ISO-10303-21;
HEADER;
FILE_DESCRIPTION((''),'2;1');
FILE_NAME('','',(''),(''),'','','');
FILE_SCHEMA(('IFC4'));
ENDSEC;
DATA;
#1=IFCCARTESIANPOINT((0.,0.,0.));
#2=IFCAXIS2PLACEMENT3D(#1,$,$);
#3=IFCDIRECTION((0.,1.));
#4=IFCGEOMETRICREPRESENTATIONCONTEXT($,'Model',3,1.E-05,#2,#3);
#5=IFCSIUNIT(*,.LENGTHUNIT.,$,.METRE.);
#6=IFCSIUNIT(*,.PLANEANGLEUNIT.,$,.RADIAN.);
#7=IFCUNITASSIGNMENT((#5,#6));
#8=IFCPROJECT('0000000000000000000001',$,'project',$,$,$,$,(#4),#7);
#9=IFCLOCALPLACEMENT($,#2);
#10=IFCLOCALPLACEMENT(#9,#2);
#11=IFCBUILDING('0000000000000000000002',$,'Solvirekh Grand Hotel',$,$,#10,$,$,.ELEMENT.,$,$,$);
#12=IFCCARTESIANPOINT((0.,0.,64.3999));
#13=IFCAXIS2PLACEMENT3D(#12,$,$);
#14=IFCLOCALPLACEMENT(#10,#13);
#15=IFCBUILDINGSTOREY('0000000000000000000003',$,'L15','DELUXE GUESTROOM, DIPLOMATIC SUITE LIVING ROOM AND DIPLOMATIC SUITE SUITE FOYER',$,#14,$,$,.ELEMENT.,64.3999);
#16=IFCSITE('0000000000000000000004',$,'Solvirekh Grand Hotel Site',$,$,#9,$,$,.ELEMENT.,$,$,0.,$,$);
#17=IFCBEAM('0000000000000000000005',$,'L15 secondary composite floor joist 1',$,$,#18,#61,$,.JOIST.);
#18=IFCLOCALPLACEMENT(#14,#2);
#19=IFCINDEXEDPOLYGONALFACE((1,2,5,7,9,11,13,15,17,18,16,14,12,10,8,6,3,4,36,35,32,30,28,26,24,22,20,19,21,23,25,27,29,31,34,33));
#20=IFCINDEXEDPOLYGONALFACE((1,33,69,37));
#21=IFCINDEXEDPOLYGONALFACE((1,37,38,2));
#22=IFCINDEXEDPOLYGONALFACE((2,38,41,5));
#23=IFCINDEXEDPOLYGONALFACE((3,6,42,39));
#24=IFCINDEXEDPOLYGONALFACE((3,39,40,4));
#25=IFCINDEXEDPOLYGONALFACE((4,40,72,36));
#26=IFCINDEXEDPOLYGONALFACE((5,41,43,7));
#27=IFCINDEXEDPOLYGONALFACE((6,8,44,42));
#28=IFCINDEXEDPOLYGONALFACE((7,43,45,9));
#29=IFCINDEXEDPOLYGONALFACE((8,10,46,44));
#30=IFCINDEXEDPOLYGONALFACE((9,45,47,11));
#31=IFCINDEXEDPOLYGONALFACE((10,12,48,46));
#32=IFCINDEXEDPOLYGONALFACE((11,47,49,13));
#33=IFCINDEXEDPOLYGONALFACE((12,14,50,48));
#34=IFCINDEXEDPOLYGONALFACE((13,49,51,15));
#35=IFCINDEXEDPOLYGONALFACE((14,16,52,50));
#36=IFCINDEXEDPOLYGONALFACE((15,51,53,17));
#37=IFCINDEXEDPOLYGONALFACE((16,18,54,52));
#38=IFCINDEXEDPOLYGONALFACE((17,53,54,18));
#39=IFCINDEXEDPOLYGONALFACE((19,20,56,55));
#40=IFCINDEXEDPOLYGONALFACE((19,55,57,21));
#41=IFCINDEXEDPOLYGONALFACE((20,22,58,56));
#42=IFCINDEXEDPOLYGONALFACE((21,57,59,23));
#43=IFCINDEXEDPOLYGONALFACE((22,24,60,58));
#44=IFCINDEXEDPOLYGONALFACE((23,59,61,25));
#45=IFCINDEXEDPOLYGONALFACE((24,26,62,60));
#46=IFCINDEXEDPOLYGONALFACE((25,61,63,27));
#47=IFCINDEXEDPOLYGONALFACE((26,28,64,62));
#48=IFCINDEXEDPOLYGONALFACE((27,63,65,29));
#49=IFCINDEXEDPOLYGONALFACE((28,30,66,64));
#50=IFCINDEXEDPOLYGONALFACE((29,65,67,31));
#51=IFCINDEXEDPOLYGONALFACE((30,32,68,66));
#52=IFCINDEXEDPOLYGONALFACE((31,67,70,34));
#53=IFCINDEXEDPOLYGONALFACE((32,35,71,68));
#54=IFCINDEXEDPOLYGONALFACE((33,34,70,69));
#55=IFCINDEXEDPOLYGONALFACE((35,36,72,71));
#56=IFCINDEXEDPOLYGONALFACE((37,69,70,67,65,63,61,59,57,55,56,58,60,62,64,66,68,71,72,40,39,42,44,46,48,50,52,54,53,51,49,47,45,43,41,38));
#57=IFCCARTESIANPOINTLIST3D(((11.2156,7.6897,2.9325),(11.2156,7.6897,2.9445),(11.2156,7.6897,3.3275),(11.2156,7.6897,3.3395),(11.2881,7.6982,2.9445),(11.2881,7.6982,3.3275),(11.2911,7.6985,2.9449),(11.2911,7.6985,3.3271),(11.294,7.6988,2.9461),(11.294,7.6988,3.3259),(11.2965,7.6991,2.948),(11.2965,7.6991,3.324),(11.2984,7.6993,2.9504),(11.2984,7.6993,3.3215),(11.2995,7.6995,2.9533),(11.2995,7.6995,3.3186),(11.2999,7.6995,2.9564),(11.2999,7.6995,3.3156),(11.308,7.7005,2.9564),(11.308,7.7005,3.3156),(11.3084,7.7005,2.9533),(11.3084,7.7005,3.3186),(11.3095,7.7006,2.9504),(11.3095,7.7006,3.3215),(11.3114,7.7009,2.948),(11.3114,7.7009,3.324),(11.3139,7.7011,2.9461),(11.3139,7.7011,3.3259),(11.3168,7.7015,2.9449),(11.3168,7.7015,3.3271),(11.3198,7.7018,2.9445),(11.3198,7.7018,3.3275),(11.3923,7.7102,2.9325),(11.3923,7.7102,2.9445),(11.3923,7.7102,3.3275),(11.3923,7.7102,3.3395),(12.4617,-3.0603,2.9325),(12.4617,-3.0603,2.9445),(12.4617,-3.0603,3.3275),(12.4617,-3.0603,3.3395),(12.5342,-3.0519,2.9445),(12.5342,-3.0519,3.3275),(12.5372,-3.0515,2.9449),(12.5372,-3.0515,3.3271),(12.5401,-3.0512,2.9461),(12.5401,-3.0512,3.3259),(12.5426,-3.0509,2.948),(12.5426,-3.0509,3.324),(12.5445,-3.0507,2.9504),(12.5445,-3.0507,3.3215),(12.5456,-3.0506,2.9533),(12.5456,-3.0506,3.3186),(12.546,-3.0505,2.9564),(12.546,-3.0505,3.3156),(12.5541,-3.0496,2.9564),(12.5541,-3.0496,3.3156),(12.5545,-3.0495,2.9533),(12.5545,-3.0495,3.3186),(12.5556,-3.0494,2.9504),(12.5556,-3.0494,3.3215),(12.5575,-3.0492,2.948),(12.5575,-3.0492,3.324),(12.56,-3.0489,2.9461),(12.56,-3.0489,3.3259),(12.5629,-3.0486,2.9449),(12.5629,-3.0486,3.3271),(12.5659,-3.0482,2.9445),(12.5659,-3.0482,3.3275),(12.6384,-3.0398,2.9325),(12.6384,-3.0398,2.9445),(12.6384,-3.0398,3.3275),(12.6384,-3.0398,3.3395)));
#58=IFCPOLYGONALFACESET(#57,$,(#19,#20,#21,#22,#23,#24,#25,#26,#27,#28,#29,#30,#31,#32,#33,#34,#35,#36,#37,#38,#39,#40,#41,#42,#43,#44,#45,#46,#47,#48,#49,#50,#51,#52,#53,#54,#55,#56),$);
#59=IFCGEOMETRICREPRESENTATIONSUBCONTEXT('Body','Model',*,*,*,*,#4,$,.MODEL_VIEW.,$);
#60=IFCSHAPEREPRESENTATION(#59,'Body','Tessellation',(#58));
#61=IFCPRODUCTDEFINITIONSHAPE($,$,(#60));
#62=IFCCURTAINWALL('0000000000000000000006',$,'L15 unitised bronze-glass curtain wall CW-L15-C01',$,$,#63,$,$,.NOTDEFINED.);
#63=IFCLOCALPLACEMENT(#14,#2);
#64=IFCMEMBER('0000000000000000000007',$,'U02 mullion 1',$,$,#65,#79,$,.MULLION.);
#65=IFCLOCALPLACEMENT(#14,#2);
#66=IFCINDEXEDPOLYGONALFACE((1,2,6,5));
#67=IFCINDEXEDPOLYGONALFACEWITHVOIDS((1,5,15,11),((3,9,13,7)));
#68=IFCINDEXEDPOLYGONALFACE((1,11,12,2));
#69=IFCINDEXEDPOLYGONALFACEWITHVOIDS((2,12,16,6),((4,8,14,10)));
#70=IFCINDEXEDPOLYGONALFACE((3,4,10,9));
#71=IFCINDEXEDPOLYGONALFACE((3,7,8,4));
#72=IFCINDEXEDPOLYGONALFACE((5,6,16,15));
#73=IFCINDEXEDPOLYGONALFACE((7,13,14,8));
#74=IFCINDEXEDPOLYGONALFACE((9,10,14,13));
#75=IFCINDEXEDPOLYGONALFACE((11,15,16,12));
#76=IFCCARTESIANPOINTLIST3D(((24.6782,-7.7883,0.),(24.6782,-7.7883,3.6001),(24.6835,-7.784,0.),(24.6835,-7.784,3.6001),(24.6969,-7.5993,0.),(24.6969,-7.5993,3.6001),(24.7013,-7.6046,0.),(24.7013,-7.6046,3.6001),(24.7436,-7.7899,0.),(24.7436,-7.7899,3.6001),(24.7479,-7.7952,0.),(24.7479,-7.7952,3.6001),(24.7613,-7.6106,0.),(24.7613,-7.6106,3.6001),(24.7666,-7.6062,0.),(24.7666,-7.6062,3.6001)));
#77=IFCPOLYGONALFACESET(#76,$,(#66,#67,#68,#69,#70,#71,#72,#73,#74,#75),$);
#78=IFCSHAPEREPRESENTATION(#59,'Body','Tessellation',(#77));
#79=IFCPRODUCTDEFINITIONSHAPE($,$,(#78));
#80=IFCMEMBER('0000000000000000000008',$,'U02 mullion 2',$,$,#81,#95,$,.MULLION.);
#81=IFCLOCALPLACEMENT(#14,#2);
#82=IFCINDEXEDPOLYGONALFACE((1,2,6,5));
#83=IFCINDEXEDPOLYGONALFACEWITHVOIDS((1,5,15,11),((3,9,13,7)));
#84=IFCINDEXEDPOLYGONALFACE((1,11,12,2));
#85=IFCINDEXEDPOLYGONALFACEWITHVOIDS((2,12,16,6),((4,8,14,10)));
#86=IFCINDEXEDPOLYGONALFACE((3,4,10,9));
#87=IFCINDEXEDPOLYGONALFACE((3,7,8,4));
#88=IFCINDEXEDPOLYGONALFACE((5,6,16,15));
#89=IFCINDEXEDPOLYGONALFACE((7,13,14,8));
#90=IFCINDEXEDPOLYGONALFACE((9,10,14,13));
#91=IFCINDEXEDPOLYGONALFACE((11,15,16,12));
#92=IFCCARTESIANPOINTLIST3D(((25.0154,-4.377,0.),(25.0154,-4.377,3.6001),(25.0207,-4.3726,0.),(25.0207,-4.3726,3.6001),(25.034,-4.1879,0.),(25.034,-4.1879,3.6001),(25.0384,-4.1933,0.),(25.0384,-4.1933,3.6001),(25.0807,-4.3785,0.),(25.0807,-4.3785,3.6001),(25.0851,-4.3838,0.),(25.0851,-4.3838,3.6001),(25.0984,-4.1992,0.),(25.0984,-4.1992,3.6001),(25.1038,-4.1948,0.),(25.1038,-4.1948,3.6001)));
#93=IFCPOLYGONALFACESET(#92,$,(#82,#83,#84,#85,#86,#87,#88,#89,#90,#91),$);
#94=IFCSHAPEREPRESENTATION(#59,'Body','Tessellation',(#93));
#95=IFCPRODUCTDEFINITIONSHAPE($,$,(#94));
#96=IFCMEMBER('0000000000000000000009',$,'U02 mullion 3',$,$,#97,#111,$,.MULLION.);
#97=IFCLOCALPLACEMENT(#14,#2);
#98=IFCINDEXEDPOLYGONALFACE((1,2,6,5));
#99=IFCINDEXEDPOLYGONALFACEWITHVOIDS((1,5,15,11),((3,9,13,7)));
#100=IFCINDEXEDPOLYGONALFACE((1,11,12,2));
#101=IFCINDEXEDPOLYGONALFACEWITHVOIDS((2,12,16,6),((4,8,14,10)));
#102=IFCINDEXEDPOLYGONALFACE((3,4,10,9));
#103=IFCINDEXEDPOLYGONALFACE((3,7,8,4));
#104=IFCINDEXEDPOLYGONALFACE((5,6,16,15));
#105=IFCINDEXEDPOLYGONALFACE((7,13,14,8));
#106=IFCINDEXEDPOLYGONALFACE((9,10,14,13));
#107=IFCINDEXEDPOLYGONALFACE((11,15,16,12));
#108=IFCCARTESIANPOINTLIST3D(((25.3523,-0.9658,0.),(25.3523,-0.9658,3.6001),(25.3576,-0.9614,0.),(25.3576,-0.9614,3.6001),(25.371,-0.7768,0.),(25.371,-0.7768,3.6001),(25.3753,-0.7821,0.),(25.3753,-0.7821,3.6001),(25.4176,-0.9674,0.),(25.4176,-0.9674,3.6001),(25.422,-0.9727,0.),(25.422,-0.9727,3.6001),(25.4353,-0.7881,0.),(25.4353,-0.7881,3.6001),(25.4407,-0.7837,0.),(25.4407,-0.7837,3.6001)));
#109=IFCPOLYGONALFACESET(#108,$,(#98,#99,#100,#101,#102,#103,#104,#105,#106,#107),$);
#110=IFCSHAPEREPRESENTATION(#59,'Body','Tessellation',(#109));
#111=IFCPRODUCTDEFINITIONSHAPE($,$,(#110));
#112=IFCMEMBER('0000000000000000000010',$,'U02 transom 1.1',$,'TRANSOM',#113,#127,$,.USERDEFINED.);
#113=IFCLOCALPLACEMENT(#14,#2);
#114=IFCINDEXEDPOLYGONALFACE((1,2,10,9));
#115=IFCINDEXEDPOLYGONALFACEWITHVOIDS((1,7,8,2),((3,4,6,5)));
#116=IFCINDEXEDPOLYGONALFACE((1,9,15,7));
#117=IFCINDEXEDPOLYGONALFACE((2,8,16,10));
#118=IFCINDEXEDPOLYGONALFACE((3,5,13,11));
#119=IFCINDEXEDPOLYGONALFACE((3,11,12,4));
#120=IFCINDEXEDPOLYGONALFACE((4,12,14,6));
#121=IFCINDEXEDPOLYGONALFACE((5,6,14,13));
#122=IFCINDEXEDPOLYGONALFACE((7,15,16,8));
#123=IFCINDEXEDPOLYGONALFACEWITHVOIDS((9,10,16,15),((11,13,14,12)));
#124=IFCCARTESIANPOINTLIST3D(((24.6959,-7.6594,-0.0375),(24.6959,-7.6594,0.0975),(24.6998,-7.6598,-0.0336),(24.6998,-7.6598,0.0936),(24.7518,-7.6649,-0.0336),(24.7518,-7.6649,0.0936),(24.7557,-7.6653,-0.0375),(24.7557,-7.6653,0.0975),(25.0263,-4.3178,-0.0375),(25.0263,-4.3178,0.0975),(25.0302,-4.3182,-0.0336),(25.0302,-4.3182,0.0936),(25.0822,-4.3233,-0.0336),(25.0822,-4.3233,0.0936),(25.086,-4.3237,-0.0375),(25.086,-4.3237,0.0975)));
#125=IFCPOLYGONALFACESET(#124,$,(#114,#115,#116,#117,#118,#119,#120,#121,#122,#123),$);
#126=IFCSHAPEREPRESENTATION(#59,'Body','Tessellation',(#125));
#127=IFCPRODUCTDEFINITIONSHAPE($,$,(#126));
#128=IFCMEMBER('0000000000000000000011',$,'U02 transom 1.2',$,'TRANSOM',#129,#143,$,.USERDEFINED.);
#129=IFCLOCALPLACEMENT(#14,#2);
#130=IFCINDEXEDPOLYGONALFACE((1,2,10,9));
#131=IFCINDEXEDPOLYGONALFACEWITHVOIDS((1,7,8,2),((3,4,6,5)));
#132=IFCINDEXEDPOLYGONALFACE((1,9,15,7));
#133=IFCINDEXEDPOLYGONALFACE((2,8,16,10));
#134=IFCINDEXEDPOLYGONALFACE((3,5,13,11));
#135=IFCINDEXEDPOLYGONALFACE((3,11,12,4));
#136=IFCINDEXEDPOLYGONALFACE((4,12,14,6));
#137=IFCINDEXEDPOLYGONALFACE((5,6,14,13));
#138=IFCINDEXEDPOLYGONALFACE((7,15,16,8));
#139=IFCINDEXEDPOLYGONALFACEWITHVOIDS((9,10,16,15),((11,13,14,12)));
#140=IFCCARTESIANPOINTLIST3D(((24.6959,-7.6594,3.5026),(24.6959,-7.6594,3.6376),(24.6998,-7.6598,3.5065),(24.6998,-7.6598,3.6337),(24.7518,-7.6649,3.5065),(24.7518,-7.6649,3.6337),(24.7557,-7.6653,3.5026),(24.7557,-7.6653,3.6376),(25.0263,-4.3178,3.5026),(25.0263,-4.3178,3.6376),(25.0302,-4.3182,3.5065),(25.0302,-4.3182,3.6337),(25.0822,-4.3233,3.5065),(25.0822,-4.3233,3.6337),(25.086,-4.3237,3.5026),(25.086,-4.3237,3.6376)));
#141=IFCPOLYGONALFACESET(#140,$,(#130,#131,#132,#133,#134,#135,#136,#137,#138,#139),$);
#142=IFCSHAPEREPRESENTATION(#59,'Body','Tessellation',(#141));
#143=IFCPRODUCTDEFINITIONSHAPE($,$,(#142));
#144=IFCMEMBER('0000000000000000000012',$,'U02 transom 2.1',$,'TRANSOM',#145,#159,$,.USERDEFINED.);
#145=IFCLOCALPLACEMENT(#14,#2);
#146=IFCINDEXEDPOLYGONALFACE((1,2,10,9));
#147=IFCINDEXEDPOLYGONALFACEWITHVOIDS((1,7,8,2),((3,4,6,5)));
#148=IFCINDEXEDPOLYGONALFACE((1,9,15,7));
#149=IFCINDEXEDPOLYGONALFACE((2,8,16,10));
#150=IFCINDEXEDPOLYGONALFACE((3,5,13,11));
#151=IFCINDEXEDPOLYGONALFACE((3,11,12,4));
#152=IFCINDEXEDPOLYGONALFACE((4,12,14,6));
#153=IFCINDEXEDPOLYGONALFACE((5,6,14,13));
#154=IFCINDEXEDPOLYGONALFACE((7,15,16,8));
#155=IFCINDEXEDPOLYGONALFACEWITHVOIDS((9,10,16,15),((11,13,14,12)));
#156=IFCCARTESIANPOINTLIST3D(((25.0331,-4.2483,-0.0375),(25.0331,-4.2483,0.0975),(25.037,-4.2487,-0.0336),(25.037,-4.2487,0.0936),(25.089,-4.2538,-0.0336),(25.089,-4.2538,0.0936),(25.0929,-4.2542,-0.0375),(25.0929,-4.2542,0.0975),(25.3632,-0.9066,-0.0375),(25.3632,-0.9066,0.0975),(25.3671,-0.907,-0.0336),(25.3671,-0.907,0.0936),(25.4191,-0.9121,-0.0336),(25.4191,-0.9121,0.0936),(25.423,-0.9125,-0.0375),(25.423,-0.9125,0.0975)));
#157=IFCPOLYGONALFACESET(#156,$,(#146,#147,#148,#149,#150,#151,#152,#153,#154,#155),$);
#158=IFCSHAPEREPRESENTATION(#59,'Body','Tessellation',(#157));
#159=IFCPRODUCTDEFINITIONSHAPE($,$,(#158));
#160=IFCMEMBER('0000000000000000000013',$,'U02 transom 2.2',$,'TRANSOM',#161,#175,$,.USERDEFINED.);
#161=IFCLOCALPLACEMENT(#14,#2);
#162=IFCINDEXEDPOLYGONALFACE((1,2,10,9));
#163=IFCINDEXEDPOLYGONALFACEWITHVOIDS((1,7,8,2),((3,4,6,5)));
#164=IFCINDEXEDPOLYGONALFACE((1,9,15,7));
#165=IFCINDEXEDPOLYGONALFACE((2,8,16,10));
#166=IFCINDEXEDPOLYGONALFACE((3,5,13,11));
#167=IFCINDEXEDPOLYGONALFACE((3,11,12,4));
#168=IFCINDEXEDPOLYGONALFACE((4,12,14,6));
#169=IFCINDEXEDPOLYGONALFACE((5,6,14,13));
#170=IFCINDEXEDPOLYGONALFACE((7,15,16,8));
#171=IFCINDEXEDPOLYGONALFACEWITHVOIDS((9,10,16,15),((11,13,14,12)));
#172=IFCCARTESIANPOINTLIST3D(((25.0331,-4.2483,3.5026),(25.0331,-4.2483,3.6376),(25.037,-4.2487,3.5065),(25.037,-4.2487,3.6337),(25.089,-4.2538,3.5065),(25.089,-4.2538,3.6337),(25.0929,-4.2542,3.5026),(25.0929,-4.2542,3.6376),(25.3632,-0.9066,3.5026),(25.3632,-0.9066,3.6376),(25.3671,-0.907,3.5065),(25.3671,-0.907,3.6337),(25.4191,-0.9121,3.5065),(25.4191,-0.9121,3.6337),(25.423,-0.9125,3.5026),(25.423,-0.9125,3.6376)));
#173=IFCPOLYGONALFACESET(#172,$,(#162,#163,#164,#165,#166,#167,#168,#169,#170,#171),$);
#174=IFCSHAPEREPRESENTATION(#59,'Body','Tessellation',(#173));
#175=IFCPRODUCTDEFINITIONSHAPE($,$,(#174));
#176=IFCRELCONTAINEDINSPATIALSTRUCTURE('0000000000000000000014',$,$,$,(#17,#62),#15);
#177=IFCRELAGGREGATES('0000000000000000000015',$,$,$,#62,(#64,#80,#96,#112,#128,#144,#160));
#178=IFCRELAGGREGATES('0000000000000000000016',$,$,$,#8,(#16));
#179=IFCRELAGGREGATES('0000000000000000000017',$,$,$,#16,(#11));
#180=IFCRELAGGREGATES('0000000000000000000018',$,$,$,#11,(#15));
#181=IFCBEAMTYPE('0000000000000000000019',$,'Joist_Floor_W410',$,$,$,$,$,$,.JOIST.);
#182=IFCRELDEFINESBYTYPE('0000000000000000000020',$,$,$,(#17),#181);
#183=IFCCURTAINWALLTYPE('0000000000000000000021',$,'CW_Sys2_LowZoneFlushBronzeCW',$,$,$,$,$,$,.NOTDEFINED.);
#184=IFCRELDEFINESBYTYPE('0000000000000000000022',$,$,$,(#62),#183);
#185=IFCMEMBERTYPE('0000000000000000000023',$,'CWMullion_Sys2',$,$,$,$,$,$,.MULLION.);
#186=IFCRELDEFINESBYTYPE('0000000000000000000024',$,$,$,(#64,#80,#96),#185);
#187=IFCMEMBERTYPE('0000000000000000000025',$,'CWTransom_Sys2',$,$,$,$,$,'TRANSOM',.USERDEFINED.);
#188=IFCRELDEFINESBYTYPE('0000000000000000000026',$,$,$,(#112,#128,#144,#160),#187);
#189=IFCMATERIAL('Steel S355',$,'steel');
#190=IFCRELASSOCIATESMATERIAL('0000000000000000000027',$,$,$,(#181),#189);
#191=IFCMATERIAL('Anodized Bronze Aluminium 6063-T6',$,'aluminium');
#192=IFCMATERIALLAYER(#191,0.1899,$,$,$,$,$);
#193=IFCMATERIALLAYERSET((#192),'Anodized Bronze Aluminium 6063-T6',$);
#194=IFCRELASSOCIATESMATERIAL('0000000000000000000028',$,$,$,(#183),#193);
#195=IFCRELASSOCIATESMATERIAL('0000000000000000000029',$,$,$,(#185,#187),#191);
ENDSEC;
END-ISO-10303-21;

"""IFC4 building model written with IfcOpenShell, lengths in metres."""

from ifc_helpers import new_model, si_unit, direction, frame, origin, origin_2d, place, context, subcontext, project, spatial, hollow_rectangle, i_section, extrude, source, transform, mapped, material, layer, layer_set, material_profile, profile_set, type_object, element, aggregate, save


model = new_model("IFC4")

# Units and contexts
model_context = context("Model", 3, precision=1e-05, world=origin(), true_north=direction((0.0, 1.0)))
body_context = subcontext(model_context, "Body", "Model", "MODEL_VIEW")
ifc_project = project(units=[si_unit("LENGTHUNIT", "METRE"), si_unit("PLANEANGLEUNIT", "RADIAN")], contexts=[model_context])

# Site, building, storey
site_placement = place(None, origin())
site = spatial("IfcSite", under=ifc_project, at=site_placement, Name="Solvirekh Grand Hotel Site", CompositionType="ELEMENT", RefElevation=0.0)
building_placement = place(site_placement, origin())
building = spatial("IfcBuilding", under=site, at=building_placement, Name="Solvirekh Grand Hotel", CompositionType="ELEMENT")
storey_placement = place(building_placement, frame((0.0, 0.0, 64.3999)))
storey = spatial("IfcBuildingStorey", under=building, at=storey_placement, Name="L15", Description="DELUXE GUESTROOM, DIPLOMATIC SUITE LIVING ROOM AND DIPLOMATIC SUITE SUITE FOYER", CompositionType="ELEMENT", Elevation=64.3999)

# Beam
ifc_material_1 = material(Name="Steel S355", Category="steel")
ifc_material_profile_1 = material_profile(ifc_material_1, i_section(OverallWidth=0.178, OverallDepth=0.407, WebThickness=0.0081, FlangeThickness=0.012, FilletRadius=0.012, at=origin_2d()), Name="W410X60")
ifc_profile_set_1 = profile_set([ifc_material_profile_1], Name="Steel S355")
beam_type = type_object("IfcBeamType", Name="Joist_Floor_W410", PredefinedType="JOIST", material=ifc_profile_set_1)
beam_placement = place(storey_placement, frame((12.55, -3.05, 3.136), z_axis=(-0.115145, 0.993349, 0.0), x_axis=(-0.993349, -0.115145, 0.0)))
element("IfcBeam", 1, at=beam_placement, inside=storey, type_object=beam_type, Name="L15 secondary composite floor joist 1", PredefinedType="JOIST", context=body_context, shape_type="SweptSolid", body=[
    extrude(i_section(OverallWidth=0.178, OverallDepth=0.407, WebThickness=0.0081, FlangeThickness=0.012, FilletRadius=0.012, at=origin_2d()), origin(), (0.0, 0.0, 1.0), 10.822),
])

# Curtain wall, members
ifc_material_2 = material(Name="Anodized Bronze Aluminium 6063-T6", Category="aluminium")
ifc_layer_1 = layer(ifc_material_2, 0.1899)
ifc_layer_set_1 = layer_set([ifc_layer_1], Name="Anodized Bronze Aluminium 6063-T6")
curtain_wall_type = type_object("IfcCurtainWallType", Name="CW_Sys2_LowZoneFlushBronzeCW", PredefinedType="NOTDEFINED", material=ifc_layer_set_1)
curtain_wall_placement = place(storey_placement, origin())
curtain_wall = element("IfcCurtainWall", 2, at=curtain_wall_placement, inside=storey, type_object=curtain_wall_type, Name="L15 unitised bronze-glass curtain wall CW-L15-C01", PredefinedType="NOTDEFINED")
ifc_material_profile_2 = material_profile(ifc_material_2, hollow_rectangle(XDim=0.0701, YDim=0.1899, WallThickness=0.0049, at=origin_2d()), Name="ALU RHS 190X70X5")
ifc_profile_set_2 = profile_set([ifc_material_profile_2], Name="Anodized Bronze Aluminium 6063-T6")
member_type_1 = type_object("IfcMemberType", Name="CWMullion_Sys2", PredefinedType="MULLION", material=ifc_profile_set_2)
shared_shape_1 = source(origin(), body_context, "Body", "SweptSolid", [
    extrude(hollow_rectangle(XDim=0.0701, YDim=0.1899, WallThickness=0.0049, at=origin_2d()), origin(), (0.0, 0.0, 1.0), 3.6001),
])
member_1_placement = place(storey_placement, frame((24.7224, -7.6973, 0.0), z_axis=(0.0, 0.0, 1.0), x_axis=(-0.995154, 0.098331, 0.0)))
member_1 = element("IfcMember", 3, at=member_1_placement, type_object=member_type_1, Name="U02 mullion 1", PredefinedType="MULLION", context=body_context, shape_type="MappedRepresentation", body=[
    mapped(shared_shape_1, transform((0.0, 0.0, 0.0), x_axis=(1.0, 0.0, 0.0), y_axis=(0.0, 1.0, 0.0), z_axis=(0.0, 0.0, 1.0), scale=1.0)),
])
member_2_placement = place(storey_placement, frame((25.0596, -4.2859, 0.0), z_axis=(0.0, 0.0, 1.0), x_axis=(-0.995154, 0.098331, 0.0)))
member_2 = element("IfcMember", 4, at=member_2_placement, type_object=member_type_1, Name="U02 mullion 2", PredefinedType="MULLION", context=body_context, shape_type="MappedRepresentation", body=[
    mapped(shared_shape_1, transform((0.0, 0.0, 0.0), x_axis=(1.0, 0.0, 0.0), y_axis=(0.0, 1.0, 0.0), z_axis=(0.0, 0.0, 1.0), scale=1.0)),
])
member_3_placement = place(storey_placement, frame((25.3965, -0.8748, 0.0), z_axis=(0.0, 0.0, 1.0), x_axis=(-0.995154, 0.098331, 0.0)))
member_3 = element("IfcMember", 5, at=member_3_placement, type_object=member_type_1, Name="U02 mullion 3", PredefinedType="MULLION", context=body_context, shape_type="MappedRepresentation", body=[
    mapped(shared_shape_1, transform((0.0, 0.0, 0.0), x_axis=(1.0, 0.0, 0.0), y_axis=(0.0, 1.0, 0.0), z_axis=(0.0, 0.0, 1.0), scale=1.0)),
])
ifc_material_profile_3 = material_profile(ifc_material_2, hollow_rectangle(XDim=0.0601, YDim=0.135, WallThickness=0.0039, at=origin_2d()), Name="ALU RHS 135X60X4")
ifc_profile_set_3 = profile_set([ifc_material_profile_3], Name="Anodized Bronze Aluminium 6063-T6")
member_type_2 = type_object("IfcMemberType", Name="CWTransom_Sys2", ElementType="TRANSOM", PredefinedType="USERDEFINED", material=ifc_profile_set_3)
shared_shape_2 = source(origin(), body_context, "Body", "SweptSolid", [
    extrude(hollow_rectangle(XDim=0.0601, YDim=0.135, WallThickness=0.0039, at=origin_2d()), origin(), (0.0, 0.0, 1.0), 3.3579),
])
member_4_placement = place(storey_placement, frame((24.7258, -7.6624, 0.03), z_axis=(0.098373, 0.99515, 0.0), x_axis=(-0.99515, 0.098373, 0.0)))
member_4 = element("IfcMember", 6, at=member_4_placement, type_object=member_type_2, Name="U02 transom 1.1", ObjectType="TRANSOM", PredefinedType="USERDEFINED", context=body_context, shape_type="MappedRepresentation", body=[
    mapped(shared_shape_2, transform((0.0, 0.0, 0.0), x_axis=(1.0, 0.0, 0.0), y_axis=(0.0, 1.0, 0.0), z_axis=(0.0, 0.0, 1.0), scale=1.0)),
])
member_5_placement = place(storey_placement, frame((24.7258, -7.6624, 3.5701), z_axis=(0.098373, 0.99515, 0.0), x_axis=(-0.99515, 0.098373, 0.0)))
member_5 = element("IfcMember", 7, at=member_5_placement, type_object=member_type_2, Name="U02 transom 1.2", ObjectType="TRANSOM", PredefinedType="USERDEFINED", context=body_context, shape_type="MappedRepresentation", body=[
    mapped(shared_shape_2, transform((0.0, 0.0, 0.0), x_axis=(1.0, 0.0, 0.0), y_axis=(0.0, 1.0, 0.0), z_axis=(0.0, 0.0, 1.0), scale=1.0)),
])
member_6_placement = place(storey_placement, frame((25.063, -4.2512, 0.03), z_axis=(0.098301, 0.995157, 0.0), x_axis=(-0.995157, 0.098301, 0.0)))
member_6 = element("IfcMember", 8, at=member_6_placement, type_object=member_type_2, Name="U02 transom 2.1", ObjectType="TRANSOM", PredefinedType="USERDEFINED", context=body_context, shape_type="MappedRepresentation", body=[
    mapped(shared_shape_2, transform((0.0, 0.0, 0.0), x_axis=(1.0, 0.0, 0.0), y_axis=(0.0, 1.0, 0.0), z_axis=(0.0, 0.0, 1.0), scale=1.0)),
])
member_7_placement = place(storey_placement, frame((25.063, -4.2512, 3.5701), z_axis=(0.098301, 0.995157, 0.0), x_axis=(-0.995157, 0.098301, 0.0)))
member_7 = element("IfcMember", 9, at=member_7_placement, type_object=member_type_2, Name="U02 transom 2.2", ObjectType="TRANSOM", PredefinedType="USERDEFINED", context=body_context, shape_type="MappedRepresentation", body=[
    mapped(shared_shape_2, transform((0.0, 0.0, 0.0), x_axis=(1.0, 0.0, 0.0), y_axis=(0.0, 1.0, 0.0), z_axis=(0.0, 0.0, 1.0), scale=1.0)),
])
aggregate(curtain_wall, [member_1, member_2, member_3, member_4, member_5, member_6, member_7])

save(model, "model.ifc")
